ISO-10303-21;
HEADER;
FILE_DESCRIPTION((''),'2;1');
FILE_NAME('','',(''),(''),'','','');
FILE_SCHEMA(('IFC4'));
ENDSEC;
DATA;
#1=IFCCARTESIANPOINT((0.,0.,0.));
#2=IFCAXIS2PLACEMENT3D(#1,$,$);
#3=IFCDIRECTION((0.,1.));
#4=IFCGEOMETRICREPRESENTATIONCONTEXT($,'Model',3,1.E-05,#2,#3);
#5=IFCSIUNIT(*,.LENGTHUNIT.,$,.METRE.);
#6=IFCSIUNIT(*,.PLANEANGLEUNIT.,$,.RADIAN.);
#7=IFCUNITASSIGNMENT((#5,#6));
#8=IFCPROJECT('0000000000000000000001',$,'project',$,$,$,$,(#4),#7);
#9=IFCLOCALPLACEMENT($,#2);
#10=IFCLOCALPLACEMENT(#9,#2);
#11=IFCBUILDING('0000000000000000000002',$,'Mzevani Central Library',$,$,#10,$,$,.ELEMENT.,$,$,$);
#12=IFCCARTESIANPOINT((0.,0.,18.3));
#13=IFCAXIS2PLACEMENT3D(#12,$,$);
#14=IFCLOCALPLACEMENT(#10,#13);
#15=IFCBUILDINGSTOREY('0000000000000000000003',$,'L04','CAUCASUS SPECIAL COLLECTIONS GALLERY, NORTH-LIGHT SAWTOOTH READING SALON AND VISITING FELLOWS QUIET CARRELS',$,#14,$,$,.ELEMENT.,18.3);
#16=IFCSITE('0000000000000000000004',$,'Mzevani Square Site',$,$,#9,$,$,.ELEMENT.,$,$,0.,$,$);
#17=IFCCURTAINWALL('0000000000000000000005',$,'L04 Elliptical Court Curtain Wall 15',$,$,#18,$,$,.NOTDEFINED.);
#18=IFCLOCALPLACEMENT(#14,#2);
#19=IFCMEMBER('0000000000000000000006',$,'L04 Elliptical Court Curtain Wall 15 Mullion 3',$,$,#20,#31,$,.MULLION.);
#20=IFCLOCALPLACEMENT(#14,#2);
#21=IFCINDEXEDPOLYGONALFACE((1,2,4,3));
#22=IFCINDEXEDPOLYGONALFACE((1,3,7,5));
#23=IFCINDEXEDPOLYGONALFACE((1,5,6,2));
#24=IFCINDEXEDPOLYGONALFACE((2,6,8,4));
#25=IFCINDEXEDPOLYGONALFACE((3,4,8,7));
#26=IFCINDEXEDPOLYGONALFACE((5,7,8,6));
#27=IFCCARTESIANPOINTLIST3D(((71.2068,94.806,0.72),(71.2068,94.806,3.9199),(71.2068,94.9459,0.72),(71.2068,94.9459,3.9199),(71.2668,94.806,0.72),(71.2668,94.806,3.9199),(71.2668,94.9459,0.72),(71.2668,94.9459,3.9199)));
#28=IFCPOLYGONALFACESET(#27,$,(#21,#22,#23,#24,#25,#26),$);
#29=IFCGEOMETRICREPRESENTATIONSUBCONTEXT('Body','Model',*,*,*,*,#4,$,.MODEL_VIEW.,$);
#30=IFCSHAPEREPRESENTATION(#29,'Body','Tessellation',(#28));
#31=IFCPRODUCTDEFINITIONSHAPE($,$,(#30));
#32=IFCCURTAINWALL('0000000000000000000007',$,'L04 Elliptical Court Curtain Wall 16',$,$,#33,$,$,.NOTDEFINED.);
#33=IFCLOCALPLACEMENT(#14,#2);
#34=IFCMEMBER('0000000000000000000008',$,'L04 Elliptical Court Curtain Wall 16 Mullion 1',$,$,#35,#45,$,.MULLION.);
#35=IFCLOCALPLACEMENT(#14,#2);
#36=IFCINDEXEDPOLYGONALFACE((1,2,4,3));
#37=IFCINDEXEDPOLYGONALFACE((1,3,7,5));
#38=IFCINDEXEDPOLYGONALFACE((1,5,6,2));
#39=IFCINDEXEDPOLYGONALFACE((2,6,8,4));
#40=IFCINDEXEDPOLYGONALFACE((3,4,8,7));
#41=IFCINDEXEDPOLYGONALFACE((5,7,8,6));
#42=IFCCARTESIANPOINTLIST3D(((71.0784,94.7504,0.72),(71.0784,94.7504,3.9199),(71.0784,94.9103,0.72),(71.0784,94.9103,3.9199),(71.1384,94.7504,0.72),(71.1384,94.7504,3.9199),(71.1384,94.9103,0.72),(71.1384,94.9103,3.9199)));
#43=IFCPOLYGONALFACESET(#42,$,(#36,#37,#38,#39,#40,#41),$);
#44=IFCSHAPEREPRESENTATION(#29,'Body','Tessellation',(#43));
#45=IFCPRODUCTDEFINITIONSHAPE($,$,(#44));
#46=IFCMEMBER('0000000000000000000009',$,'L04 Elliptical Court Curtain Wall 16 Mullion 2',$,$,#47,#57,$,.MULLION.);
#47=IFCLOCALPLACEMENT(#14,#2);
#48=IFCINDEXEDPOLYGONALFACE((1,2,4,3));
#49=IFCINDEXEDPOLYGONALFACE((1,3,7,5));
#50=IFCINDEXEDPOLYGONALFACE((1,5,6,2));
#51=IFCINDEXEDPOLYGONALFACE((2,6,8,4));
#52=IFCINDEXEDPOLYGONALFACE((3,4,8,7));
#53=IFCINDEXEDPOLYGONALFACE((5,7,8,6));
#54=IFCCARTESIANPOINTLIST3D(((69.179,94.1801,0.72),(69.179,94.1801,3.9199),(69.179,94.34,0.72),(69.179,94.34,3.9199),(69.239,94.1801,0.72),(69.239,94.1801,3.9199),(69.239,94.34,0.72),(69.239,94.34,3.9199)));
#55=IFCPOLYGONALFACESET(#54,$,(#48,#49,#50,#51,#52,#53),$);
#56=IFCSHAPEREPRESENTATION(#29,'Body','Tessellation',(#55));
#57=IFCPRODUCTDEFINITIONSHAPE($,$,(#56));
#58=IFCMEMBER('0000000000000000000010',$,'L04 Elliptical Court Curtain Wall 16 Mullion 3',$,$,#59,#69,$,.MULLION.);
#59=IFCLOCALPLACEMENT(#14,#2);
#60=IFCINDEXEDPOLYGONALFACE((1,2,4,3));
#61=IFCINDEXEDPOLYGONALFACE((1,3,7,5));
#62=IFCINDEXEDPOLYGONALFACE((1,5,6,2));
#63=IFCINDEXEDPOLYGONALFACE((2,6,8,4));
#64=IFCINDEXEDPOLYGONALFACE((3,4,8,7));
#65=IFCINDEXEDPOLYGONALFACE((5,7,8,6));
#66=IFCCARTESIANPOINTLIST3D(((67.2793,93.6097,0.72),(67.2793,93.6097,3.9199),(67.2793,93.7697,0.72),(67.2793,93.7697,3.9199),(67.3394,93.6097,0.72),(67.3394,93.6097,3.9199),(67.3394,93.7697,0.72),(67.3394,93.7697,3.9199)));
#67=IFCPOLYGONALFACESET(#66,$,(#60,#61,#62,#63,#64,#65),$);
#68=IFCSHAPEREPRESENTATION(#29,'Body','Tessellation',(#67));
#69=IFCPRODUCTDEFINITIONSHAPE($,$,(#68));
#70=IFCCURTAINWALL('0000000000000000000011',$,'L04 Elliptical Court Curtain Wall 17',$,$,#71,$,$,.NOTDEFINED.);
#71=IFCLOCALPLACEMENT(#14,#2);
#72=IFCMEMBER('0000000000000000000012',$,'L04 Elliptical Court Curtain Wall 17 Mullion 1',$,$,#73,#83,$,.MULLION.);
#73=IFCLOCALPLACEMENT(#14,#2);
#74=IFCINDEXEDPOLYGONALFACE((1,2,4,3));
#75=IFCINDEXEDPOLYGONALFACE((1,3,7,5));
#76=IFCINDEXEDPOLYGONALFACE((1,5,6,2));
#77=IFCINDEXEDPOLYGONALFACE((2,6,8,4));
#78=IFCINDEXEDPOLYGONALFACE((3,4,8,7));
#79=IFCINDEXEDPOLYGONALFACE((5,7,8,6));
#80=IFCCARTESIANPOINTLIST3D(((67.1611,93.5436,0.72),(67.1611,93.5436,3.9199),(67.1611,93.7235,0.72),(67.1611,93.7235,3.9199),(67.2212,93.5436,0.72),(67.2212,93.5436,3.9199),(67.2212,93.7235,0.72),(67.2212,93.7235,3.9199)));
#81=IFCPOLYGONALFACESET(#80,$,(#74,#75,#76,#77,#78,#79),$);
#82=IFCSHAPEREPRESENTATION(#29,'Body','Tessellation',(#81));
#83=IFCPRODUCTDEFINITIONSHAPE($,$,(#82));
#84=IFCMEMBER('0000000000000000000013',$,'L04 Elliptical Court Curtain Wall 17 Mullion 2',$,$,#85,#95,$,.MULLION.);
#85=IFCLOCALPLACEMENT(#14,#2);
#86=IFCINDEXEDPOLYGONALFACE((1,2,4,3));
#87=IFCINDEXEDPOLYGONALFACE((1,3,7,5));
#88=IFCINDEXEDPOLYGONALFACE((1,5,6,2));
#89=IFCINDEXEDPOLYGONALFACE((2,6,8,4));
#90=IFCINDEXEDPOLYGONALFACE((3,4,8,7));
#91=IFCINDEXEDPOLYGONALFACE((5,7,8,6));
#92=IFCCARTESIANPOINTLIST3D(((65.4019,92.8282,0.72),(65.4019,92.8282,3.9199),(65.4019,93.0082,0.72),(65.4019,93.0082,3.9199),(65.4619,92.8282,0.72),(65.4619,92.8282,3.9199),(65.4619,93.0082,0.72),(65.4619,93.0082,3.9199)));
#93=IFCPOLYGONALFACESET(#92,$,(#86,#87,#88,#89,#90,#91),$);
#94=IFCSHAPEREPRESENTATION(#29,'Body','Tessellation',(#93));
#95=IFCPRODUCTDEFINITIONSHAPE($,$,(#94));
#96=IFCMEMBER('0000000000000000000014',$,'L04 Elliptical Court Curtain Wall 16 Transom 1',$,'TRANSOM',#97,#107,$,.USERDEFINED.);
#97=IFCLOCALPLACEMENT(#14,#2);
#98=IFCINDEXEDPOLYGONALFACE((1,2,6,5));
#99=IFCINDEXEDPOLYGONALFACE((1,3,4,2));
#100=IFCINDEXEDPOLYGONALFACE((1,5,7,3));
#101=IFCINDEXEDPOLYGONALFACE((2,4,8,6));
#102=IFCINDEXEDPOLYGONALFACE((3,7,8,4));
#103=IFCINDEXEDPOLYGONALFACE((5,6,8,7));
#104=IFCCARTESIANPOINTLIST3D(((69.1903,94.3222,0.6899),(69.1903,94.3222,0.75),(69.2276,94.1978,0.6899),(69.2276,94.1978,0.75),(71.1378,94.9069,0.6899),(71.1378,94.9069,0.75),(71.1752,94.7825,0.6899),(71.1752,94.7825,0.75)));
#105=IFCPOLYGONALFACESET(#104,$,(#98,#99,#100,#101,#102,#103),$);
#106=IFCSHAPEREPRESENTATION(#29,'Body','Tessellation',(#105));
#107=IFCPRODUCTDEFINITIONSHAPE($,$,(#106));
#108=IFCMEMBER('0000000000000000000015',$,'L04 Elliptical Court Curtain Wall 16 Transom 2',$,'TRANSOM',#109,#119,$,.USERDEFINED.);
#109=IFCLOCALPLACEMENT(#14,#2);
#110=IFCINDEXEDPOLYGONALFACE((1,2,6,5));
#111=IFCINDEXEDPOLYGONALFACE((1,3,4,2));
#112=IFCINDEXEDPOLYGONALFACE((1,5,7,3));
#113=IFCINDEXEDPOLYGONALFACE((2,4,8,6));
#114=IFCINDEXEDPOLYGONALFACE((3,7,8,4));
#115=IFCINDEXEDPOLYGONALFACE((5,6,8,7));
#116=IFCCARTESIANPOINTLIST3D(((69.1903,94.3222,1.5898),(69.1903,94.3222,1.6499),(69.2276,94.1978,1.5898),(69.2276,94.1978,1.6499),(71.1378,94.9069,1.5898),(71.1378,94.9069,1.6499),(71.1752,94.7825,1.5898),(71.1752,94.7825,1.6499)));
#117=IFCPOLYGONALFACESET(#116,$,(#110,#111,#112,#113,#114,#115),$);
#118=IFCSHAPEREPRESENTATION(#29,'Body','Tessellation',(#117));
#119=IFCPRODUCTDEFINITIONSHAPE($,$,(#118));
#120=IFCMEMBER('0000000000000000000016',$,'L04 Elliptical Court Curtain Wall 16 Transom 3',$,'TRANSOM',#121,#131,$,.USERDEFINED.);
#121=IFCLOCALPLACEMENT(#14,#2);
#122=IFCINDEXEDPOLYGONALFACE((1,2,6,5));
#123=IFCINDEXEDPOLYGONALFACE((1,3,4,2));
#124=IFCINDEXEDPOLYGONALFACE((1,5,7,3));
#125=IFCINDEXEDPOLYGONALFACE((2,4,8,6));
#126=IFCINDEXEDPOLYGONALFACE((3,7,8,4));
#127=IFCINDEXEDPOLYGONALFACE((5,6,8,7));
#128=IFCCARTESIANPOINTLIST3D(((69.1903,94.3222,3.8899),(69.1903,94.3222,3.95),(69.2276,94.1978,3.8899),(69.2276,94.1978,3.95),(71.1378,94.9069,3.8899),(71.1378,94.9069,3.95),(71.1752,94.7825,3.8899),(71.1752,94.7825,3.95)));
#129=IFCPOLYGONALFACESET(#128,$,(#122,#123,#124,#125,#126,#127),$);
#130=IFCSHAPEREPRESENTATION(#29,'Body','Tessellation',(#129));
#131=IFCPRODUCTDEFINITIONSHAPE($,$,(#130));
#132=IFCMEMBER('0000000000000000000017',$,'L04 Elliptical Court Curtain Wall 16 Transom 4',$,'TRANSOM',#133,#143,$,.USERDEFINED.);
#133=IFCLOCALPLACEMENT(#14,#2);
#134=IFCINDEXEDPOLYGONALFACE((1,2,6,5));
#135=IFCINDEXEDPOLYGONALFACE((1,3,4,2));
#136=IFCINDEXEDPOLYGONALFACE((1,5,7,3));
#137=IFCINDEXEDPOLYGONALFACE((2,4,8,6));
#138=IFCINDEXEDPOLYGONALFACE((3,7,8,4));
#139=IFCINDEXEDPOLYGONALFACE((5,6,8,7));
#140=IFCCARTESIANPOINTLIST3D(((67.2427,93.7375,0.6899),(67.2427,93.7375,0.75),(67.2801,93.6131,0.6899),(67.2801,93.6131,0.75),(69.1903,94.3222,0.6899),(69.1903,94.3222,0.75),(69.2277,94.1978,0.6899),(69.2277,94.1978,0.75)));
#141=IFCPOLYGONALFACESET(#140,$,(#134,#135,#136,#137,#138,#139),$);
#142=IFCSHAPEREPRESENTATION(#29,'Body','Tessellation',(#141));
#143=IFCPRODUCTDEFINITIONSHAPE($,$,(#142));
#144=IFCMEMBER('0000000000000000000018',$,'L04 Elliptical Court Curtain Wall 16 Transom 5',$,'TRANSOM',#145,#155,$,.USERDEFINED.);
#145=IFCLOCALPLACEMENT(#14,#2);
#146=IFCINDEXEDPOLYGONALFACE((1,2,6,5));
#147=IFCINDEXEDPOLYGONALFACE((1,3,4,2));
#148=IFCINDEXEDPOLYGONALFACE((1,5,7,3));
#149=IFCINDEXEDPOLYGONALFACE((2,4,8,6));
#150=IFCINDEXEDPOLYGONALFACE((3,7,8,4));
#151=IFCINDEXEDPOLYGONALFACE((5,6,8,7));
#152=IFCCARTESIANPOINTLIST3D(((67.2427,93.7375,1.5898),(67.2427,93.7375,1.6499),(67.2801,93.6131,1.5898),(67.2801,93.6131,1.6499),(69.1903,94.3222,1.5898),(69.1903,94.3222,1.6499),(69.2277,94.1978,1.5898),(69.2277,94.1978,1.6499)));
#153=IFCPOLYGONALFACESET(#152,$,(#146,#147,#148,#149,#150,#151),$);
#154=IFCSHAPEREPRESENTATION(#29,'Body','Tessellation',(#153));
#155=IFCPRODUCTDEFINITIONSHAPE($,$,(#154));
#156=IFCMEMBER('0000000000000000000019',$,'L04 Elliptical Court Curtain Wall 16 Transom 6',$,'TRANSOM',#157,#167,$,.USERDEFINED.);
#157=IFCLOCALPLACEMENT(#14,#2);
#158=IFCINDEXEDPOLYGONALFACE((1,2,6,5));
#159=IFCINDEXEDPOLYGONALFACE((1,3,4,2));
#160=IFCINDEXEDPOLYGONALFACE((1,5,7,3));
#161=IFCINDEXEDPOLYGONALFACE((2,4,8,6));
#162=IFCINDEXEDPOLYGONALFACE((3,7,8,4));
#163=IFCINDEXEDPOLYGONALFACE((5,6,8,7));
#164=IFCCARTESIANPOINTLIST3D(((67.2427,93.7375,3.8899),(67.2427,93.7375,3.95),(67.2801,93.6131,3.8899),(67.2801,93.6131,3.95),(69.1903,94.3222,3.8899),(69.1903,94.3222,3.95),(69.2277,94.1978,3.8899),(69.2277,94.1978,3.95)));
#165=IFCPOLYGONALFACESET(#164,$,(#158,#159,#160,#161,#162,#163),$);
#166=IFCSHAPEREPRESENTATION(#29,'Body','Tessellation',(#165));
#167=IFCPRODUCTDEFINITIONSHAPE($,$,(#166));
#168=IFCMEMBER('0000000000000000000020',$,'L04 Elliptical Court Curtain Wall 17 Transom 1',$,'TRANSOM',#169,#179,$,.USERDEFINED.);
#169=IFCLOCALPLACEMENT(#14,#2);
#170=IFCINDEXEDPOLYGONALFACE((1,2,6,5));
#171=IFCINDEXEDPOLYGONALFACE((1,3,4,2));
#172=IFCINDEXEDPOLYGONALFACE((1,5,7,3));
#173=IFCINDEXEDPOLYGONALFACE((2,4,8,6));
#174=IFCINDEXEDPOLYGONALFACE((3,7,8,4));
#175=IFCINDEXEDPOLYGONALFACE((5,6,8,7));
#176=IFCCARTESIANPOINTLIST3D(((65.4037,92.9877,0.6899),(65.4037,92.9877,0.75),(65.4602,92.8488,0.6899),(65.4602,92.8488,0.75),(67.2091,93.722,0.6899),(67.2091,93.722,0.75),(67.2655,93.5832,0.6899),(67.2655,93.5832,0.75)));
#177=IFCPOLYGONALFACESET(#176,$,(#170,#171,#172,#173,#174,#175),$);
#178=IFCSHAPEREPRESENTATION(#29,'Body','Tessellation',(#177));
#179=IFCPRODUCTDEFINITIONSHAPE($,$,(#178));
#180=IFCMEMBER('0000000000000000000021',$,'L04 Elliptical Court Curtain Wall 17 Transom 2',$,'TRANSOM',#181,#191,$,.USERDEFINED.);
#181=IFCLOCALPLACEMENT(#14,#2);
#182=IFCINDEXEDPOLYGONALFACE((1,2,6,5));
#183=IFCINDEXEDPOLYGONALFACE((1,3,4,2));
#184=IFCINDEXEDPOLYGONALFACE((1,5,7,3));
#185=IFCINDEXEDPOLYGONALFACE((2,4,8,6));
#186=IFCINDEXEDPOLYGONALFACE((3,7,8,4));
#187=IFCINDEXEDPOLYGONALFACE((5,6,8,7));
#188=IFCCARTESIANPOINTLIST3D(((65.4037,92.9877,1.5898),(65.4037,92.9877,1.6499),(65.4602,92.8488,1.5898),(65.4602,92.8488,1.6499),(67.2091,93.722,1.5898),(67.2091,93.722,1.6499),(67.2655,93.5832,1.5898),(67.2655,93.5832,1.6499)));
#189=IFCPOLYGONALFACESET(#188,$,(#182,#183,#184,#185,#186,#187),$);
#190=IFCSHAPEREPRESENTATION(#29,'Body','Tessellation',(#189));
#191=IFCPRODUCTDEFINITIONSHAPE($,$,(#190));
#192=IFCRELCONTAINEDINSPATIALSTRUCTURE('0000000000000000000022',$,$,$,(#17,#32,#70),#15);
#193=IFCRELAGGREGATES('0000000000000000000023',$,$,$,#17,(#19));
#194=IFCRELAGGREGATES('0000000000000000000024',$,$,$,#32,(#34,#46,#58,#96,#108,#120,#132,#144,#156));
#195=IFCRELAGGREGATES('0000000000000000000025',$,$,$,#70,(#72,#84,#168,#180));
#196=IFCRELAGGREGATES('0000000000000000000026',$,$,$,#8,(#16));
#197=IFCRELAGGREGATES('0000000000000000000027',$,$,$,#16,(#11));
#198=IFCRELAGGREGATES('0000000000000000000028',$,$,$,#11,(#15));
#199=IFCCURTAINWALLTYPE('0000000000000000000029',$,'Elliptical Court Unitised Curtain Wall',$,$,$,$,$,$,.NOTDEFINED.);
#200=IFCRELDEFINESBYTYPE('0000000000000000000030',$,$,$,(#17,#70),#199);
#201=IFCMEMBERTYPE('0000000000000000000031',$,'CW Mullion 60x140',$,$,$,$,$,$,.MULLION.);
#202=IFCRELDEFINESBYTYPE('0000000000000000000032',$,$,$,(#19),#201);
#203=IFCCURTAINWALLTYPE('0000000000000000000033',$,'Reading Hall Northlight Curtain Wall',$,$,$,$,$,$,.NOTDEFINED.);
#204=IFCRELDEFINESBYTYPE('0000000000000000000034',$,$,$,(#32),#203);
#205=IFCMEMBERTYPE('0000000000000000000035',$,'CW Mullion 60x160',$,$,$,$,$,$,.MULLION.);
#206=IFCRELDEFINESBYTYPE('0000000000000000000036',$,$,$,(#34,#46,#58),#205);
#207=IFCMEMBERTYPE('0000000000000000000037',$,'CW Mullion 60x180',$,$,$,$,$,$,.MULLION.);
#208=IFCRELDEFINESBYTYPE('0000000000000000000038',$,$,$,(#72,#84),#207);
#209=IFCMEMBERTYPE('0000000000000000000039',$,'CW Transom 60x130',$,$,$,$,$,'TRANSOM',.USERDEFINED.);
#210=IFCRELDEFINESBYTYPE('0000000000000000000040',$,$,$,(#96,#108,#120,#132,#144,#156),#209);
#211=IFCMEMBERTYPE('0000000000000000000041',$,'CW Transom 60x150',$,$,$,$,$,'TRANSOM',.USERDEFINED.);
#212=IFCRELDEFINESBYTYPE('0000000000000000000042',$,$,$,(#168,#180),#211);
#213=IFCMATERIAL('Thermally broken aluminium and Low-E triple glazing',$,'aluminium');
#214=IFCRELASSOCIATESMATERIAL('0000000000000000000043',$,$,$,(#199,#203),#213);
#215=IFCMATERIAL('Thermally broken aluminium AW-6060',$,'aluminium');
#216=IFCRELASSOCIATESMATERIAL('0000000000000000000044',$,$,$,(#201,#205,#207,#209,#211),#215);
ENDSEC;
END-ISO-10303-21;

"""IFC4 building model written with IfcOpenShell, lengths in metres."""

from ifc_helpers import new_model, si_unit, direction, frame, origin, origin_2d, place, context, subcontext, project, spatial, rectangle, extrude, material, material_profile, profile_set, type_object, element, aggregate, save


model = new_model("IFC4")

# Units and contexts
model_context = context("Model", 3, precision=1e-05, world=origin(), true_north=direction((0.0, 1.0)))
body_context = subcontext(model_context, "Body", "Model", "MODEL_VIEW")
ifc_project = project(units=[si_unit("LENGTHUNIT", "METRE"), si_unit("PLANEANGLEUNIT", "RADIAN")], contexts=[model_context])

# Site, building, storey
site_placement = place(None, origin())
site = spatial("IfcSite", under=ifc_project, at=site_placement, Name="Mzevani Square Site", CompositionType="ELEMENT", RefElevation=0.0)
building_placement = place(site_placement, origin())
building = spatial("IfcBuilding", under=site, at=building_placement, Name="Mzevani Central Library", CompositionType="ELEMENT")
storey_placement = place(building_placement, frame((0.0, 0.0, 18.3)))
storey = spatial("IfcBuildingStorey", under=building, at=storey_placement, Name="L04", Description="CAUCASUS SPECIAL COLLECTIONS GALLERY, NORTH-LIGHT SAWTOOTH READING SALON AND VISITING FELLOWS QUIET CARRELS", CompositionType="ELEMENT", Elevation=18.3)

# Curtain wall, member
ifc_material_1 = material(Name="Thermally broken aluminium and Low-E triple glazing", Category="aluminium")
curtain_wall_type_1 = type_object("IfcCurtainWallType", Name="Elliptical Court Unitised Curtain Wall", PredefinedType="NOTDEFINED", material=ifc_material_1)
curtain_wall_1_placement = place(storey_placement, origin())
curtain_wall_1 = element("IfcCurtainWall", 1, at=curtain_wall_1_placement, inside=storey, type_object=curtain_wall_type_1, Name="L04 Elliptical Court Curtain Wall 15", PredefinedType="NOTDEFINED")
ifc_material_2 = material(Name="Thermally broken aluminium AW-6060", Category="aluminium")
ifc_material_profile_1 = material_profile(ifc_material_2, rectangle(XDim=0.0601, YDim=0.1399, at=origin_2d()), Name="ALU M60x140")
ifc_profile_set_1 = profile_set([ifc_material_profile_1], Name="Thermally broken aluminium AW-6060")
member_type_1 = type_object("IfcMemberType", Name="CW Mullion 60x140", PredefinedType="MULLION", material=ifc_profile_set_1)
member_1_placement = place(storey_placement, frame((71.2368, 94.876, 0.72), z_axis=(0.0, 0.0, 1.0), x_axis=(1.0, 0.0, 0.0)))
member_1 = element("IfcMember", 2, at=member_1_placement, type_object=member_type_1, Name="L04 Elliptical Court Curtain Wall 15 Mullion 3", PredefinedType="MULLION", context=body_context, shape_type="SweptSolid", body=[
    extrude(rectangle(XDim=0.0601, YDim=0.1399, at=origin_2d()), origin(), (0.0, 0.0, 1.0), 3.2),
])

# Curtain walls, members
curtain_wall_type_2 = type_object("IfcCurtainWallType", Name="Reading Hall Northlight Curtain Wall", PredefinedType="NOTDEFINED", material=ifc_material_1)
curtain_wall_2_placement = place(storey_placement, origin())
curtain_wall_2 = element("IfcCurtainWall", 3, at=curtain_wall_2_placement, inside=storey, type_object=curtain_wall_type_2, Name="L04 Elliptical Court Curtain Wall 16", PredefinedType="NOTDEFINED")
ifc_material_profile_2 = material_profile(ifc_material_2, rectangle(XDim=0.0601, YDim=0.1599, at=origin_2d()), Name="ALU M60x160")
ifc_profile_set_2 = profile_set([ifc_material_profile_2], Name="Thermally broken aluminium AW-6060")
member_type_2 = type_object("IfcMemberType", Name="CW Mullion 60x160", PredefinedType="MULLION", material=ifc_profile_set_2)
member_2_placement = place(storey_placement, frame((71.1084, 94.8303, 0.72), z_axis=(0.0, 0.0, 1.0), x_axis=(1.0, 0.0, 0.0)))
member_2 = element("IfcMember", 4, at=member_2_placement, type_object=member_type_2, Name="L04 Elliptical Court Curtain Wall 16 Mullion 1", PredefinedType="MULLION", context=body_context, shape_type="SweptSolid", body=[
    extrude(rectangle(XDim=0.0601, YDim=0.1599, at=origin_2d()), origin(), (0.0, 0.0, 1.0), 3.2),
])
member_3_placement = place(storey_placement, frame((69.209, 94.26, 0.72), z_axis=(0.0, 0.0, 1.0), x_axis=(1.0, 0.0, 0.0)))
member_3 = element("IfcMember", 5, at=member_3_placement, type_object=member_type_2, Name="L04 Elliptical Court Curtain Wall 16 Mullion 2", PredefinedType="MULLION", context=body_context, shape_type="SweptSolid", body=[
    extrude(rectangle(XDim=0.0601, YDim=0.1599, at=origin_2d()), origin(), (0.0, 0.0, 1.0), 3.2),
])
member_4_placement = place(storey_placement, frame((67.3093, 93.6897, 0.72), z_axis=(0.0, 0.0, 1.0), x_axis=(1.0, 0.0, 0.0)))
member_4 = element("IfcMember", 6, at=member_4_placement, type_object=member_type_2, Name="L04 Elliptical Court Curtain Wall 16 Mullion 3", PredefinedType="MULLION", context=body_context, shape_type="SweptSolid", body=[
    extrude(rectangle(XDim=0.0601, YDim=0.1599, at=origin_2d()), origin(), (0.0, 0.0, 1.0), 3.2),
])
curtain_wall_3_placement = place(storey_placement, origin())
curtain_wall_3 = element("IfcCurtainWall", 7, at=curtain_wall_3_placement, inside=storey, type_object=curtain_wall_type_1, Name="L04 Elliptical Court Curtain Wall 17", PredefinedType="NOTDEFINED")
ifc_material_profile_3 = material_profile(ifc_material_2, rectangle(XDim=0.0601, YDim=0.1799, at=origin_2d()), Name="ALU M60x180")
ifc_profile_set_3 = profile_set([ifc_material_profile_3], Name="Thermally broken aluminium AW-6060")
member_type_3 = type_object("IfcMemberType", Name="CW Mullion 60x180", PredefinedType="MULLION", material=ifc_profile_set_3)
member_5_placement = place(storey_placement, frame((67.1912, 93.6335, 0.72), z_axis=(0.0, 0.0, 1.0), x_axis=(1.0, 0.0, 0.0)))
member_5 = element("IfcMember", 8, at=member_5_placement, type_object=member_type_3, Name="L04 Elliptical Court Curtain Wall 17 Mullion 1", PredefinedType="MULLION", context=body_context, shape_type="SweptSolid", body=[
    extrude(rectangle(XDim=0.0601, YDim=0.1799, at=origin_2d()), origin(), (0.0, 0.0, 1.0), 3.2),
])
member_6_placement = place(storey_placement, frame((65.4319, 92.9182, 0.72), z_axis=(0.0, 0.0, 1.0), x_axis=(1.0, 0.0, 0.0)))
member_6 = element("IfcMember", 9, at=member_6_placement, type_object=member_type_3, Name="L04 Elliptical Court Curtain Wall 17 Mullion 2", PredefinedType="MULLION", context=body_context, shape_type="SweptSolid", body=[
    extrude(rectangle(XDim=0.0601, YDim=0.1799, at=origin_2d()), origin(), (0.0, 0.0, 1.0), 3.2),
])

# Members
ifc_material_profile_4 = material_profile(ifc_material_2, rectangle(XDim=0.1299, YDim=0.0601, at=origin_2d()), Name="ALU T60x130")
ifc_profile_set_4 = profile_set([ifc_material_profile_4], Name="Thermally broken aluminium AW-6060")
member_type_4 = type_object("IfcMemberType", Name="CW Transom 60x130", ElementType="TRANSOM", PredefinedType="USERDEFINED", material=ifc_profile_set_4)
member_7_placement = place(storey_placement, frame((71.1565, 94.8447, 0.72), z_axis=(-0.957763, -0.287557, 0.0), x_axis=(0.287557, -0.957763, 0.0)))
member_7 = element("IfcMember", 10, at=member_7_placement, type_object=member_type_4, Name="L04 Elliptical Court Curtain Wall 16 Transom 1", ObjectType="TRANSOM", PredefinedType="USERDEFINED", context=body_context, shape_type="SweptSolid", body=[
    extrude(rectangle(XDim=0.1299, YDim=0.0601, at=origin_2d()), origin(), (0.0, 0.0, 1.0), 2.0334),
])
member_8_placement = place(storey_placement, frame((71.1565, 94.8447, 1.6199), z_axis=(-0.957763, -0.287557, 0.0), x_axis=(0.287557, -0.957763, 0.0)))
member_8 = element("IfcMember", 11, at=member_8_placement, type_object=member_type_4, Name="L04 Elliptical Court Curtain Wall 16 Transom 2", ObjectType="TRANSOM", PredefinedType="USERDEFINED", context=body_context, shape_type="SweptSolid", body=[
    extrude(rectangle(XDim=0.1299, YDim=0.0601, at=origin_2d()), origin(), (0.0, 0.0, 1.0), 2.0334),
])
member_9_placement = place(storey_placement, frame((71.1565, 94.8447, 3.9199), z_axis=(-0.957763, -0.287557, 0.0), x_axis=(0.287557, -0.957763, 0.0)))
member_9 = element("IfcMember", 12, at=member_9_placement, type_object=member_type_4, Name="L04 Elliptical Court Curtain Wall 16 Transom 3", ObjectType="TRANSOM", PredefinedType="USERDEFINED", context=body_context, shape_type="SweptSolid", body=[
    extrude(rectangle(XDim=0.1299, YDim=0.0601, at=origin_2d()), origin(), (0.0, 0.0, 1.0), 2.0334),
])
member_10_placement = place(storey_placement, frame((69.209, 94.26, 0.72), z_axis=(-0.957763, -0.287557, 0.0), x_axis=(0.287557, -0.957763, 0.0)))
member_10 = element("IfcMember", 13, at=member_10_placement, type_object=member_type_4, Name="L04 Elliptical Court Curtain Wall 16 Transom 4", ObjectType="TRANSOM", PredefinedType="USERDEFINED", context=body_context, shape_type="SweptSolid", body=[
    extrude(rectangle(XDim=0.1299, YDim=0.0601, at=origin_2d()), origin(), (0.0, 0.0, 1.0), 2.0334),
])
member_11_placement = place(storey_placement, frame((69.209, 94.26, 1.6199), z_axis=(-0.957763, -0.287557, 0.0), x_axis=(0.287557, -0.957763, 0.0)))
member_11 = element("IfcMember", 14, at=member_11_placement, type_object=member_type_4, Name="L04 Elliptical Court Curtain Wall 16 Transom 5", ObjectType="TRANSOM", PredefinedType="USERDEFINED", context=body_context, shape_type="SweptSolid", body=[
    extrude(rectangle(XDim=0.1299, YDim=0.0601, at=origin_2d()), origin(), (0.0, 0.0, 1.0), 2.0334),
])
member_12_placement = place(storey_placement, frame((69.209, 94.26, 3.9199), z_axis=(-0.957763, -0.287557, 0.0), x_axis=(0.287557, -0.957763, 0.0)))
member_12 = element("IfcMember", 15, at=member_12_placement, type_object=member_type_4, Name="L04 Elliptical Court Curtain Wall 16 Transom 6", ObjectType="TRANSOM", PredefinedType="USERDEFINED", context=body_context, shape_type="SweptSolid", body=[
    extrude(rectangle(XDim=0.1299, YDim=0.0601, at=origin_2d()), origin(), (0.0, 0.0, 1.0), 2.0334),
])
ifc_material_profile_5 = material_profile(ifc_material_2, rectangle(XDim=0.1499, YDim=0.0601, at=origin_2d()), Name="ALU T60x150")
ifc_profile_set_5 = profile_set([ifc_material_profile_5], Name="Thermally broken aluminium AW-6060")
member_type_5 = type_object("IfcMemberType", Name="CW Transom 60x150", ElementType="TRANSOM", PredefinedType="USERDEFINED", material=ifc_profile_set_5)
member_13_placement = place(storey_placement, frame((67.2373, 93.6526, 0.72), z_axis=(-0.926301, -0.376784, 0.0), x_axis=(0.376784, -0.926301, 0.0)))
member_13 = element("IfcMember", 16, at=member_13_placement, type_object=member_type_5, Name="L04 Elliptical Court Curtain Wall 17 Transom 1", ObjectType="TRANSOM", PredefinedType="USERDEFINED", context=body_context, shape_type="SweptSolid", body=[
    extrude(rectangle(XDim=0.1499, YDim=0.0601, at=origin_2d()), origin(), (0.0, 0.0, 1.0), 1.949),
])
member_14_placement = place(storey_placement, frame((67.2373, 93.6526, 1.6199), z_axis=(-0.926301, -0.376784, 0.0), x_axis=(0.376784, -0.926301, 0.0)))
member_14 = element("IfcMember", 17, at=member_14_placement, type_object=member_type_5, Name="L04 Elliptical Court Curtain Wall 17 Transom 2", ObjectType="TRANSOM", PredefinedType="USERDEFINED", context=body_context, shape_type="SweptSolid", body=[
    extrude(rectangle(XDim=0.1499, YDim=0.0601, at=origin_2d()), origin(), (0.0, 0.0, 1.0), 1.949),
])

aggregate(curtain_wall_1, [member_1])
aggregate(curtain_wall_2, [member_2, member_3, member_4, member_7, member_8, member_9, member_10, member_11, member_12])
aggregate(curtain_wall_3, [member_5, member_6, member_13, member_14])

save(model, "model.ifc")
